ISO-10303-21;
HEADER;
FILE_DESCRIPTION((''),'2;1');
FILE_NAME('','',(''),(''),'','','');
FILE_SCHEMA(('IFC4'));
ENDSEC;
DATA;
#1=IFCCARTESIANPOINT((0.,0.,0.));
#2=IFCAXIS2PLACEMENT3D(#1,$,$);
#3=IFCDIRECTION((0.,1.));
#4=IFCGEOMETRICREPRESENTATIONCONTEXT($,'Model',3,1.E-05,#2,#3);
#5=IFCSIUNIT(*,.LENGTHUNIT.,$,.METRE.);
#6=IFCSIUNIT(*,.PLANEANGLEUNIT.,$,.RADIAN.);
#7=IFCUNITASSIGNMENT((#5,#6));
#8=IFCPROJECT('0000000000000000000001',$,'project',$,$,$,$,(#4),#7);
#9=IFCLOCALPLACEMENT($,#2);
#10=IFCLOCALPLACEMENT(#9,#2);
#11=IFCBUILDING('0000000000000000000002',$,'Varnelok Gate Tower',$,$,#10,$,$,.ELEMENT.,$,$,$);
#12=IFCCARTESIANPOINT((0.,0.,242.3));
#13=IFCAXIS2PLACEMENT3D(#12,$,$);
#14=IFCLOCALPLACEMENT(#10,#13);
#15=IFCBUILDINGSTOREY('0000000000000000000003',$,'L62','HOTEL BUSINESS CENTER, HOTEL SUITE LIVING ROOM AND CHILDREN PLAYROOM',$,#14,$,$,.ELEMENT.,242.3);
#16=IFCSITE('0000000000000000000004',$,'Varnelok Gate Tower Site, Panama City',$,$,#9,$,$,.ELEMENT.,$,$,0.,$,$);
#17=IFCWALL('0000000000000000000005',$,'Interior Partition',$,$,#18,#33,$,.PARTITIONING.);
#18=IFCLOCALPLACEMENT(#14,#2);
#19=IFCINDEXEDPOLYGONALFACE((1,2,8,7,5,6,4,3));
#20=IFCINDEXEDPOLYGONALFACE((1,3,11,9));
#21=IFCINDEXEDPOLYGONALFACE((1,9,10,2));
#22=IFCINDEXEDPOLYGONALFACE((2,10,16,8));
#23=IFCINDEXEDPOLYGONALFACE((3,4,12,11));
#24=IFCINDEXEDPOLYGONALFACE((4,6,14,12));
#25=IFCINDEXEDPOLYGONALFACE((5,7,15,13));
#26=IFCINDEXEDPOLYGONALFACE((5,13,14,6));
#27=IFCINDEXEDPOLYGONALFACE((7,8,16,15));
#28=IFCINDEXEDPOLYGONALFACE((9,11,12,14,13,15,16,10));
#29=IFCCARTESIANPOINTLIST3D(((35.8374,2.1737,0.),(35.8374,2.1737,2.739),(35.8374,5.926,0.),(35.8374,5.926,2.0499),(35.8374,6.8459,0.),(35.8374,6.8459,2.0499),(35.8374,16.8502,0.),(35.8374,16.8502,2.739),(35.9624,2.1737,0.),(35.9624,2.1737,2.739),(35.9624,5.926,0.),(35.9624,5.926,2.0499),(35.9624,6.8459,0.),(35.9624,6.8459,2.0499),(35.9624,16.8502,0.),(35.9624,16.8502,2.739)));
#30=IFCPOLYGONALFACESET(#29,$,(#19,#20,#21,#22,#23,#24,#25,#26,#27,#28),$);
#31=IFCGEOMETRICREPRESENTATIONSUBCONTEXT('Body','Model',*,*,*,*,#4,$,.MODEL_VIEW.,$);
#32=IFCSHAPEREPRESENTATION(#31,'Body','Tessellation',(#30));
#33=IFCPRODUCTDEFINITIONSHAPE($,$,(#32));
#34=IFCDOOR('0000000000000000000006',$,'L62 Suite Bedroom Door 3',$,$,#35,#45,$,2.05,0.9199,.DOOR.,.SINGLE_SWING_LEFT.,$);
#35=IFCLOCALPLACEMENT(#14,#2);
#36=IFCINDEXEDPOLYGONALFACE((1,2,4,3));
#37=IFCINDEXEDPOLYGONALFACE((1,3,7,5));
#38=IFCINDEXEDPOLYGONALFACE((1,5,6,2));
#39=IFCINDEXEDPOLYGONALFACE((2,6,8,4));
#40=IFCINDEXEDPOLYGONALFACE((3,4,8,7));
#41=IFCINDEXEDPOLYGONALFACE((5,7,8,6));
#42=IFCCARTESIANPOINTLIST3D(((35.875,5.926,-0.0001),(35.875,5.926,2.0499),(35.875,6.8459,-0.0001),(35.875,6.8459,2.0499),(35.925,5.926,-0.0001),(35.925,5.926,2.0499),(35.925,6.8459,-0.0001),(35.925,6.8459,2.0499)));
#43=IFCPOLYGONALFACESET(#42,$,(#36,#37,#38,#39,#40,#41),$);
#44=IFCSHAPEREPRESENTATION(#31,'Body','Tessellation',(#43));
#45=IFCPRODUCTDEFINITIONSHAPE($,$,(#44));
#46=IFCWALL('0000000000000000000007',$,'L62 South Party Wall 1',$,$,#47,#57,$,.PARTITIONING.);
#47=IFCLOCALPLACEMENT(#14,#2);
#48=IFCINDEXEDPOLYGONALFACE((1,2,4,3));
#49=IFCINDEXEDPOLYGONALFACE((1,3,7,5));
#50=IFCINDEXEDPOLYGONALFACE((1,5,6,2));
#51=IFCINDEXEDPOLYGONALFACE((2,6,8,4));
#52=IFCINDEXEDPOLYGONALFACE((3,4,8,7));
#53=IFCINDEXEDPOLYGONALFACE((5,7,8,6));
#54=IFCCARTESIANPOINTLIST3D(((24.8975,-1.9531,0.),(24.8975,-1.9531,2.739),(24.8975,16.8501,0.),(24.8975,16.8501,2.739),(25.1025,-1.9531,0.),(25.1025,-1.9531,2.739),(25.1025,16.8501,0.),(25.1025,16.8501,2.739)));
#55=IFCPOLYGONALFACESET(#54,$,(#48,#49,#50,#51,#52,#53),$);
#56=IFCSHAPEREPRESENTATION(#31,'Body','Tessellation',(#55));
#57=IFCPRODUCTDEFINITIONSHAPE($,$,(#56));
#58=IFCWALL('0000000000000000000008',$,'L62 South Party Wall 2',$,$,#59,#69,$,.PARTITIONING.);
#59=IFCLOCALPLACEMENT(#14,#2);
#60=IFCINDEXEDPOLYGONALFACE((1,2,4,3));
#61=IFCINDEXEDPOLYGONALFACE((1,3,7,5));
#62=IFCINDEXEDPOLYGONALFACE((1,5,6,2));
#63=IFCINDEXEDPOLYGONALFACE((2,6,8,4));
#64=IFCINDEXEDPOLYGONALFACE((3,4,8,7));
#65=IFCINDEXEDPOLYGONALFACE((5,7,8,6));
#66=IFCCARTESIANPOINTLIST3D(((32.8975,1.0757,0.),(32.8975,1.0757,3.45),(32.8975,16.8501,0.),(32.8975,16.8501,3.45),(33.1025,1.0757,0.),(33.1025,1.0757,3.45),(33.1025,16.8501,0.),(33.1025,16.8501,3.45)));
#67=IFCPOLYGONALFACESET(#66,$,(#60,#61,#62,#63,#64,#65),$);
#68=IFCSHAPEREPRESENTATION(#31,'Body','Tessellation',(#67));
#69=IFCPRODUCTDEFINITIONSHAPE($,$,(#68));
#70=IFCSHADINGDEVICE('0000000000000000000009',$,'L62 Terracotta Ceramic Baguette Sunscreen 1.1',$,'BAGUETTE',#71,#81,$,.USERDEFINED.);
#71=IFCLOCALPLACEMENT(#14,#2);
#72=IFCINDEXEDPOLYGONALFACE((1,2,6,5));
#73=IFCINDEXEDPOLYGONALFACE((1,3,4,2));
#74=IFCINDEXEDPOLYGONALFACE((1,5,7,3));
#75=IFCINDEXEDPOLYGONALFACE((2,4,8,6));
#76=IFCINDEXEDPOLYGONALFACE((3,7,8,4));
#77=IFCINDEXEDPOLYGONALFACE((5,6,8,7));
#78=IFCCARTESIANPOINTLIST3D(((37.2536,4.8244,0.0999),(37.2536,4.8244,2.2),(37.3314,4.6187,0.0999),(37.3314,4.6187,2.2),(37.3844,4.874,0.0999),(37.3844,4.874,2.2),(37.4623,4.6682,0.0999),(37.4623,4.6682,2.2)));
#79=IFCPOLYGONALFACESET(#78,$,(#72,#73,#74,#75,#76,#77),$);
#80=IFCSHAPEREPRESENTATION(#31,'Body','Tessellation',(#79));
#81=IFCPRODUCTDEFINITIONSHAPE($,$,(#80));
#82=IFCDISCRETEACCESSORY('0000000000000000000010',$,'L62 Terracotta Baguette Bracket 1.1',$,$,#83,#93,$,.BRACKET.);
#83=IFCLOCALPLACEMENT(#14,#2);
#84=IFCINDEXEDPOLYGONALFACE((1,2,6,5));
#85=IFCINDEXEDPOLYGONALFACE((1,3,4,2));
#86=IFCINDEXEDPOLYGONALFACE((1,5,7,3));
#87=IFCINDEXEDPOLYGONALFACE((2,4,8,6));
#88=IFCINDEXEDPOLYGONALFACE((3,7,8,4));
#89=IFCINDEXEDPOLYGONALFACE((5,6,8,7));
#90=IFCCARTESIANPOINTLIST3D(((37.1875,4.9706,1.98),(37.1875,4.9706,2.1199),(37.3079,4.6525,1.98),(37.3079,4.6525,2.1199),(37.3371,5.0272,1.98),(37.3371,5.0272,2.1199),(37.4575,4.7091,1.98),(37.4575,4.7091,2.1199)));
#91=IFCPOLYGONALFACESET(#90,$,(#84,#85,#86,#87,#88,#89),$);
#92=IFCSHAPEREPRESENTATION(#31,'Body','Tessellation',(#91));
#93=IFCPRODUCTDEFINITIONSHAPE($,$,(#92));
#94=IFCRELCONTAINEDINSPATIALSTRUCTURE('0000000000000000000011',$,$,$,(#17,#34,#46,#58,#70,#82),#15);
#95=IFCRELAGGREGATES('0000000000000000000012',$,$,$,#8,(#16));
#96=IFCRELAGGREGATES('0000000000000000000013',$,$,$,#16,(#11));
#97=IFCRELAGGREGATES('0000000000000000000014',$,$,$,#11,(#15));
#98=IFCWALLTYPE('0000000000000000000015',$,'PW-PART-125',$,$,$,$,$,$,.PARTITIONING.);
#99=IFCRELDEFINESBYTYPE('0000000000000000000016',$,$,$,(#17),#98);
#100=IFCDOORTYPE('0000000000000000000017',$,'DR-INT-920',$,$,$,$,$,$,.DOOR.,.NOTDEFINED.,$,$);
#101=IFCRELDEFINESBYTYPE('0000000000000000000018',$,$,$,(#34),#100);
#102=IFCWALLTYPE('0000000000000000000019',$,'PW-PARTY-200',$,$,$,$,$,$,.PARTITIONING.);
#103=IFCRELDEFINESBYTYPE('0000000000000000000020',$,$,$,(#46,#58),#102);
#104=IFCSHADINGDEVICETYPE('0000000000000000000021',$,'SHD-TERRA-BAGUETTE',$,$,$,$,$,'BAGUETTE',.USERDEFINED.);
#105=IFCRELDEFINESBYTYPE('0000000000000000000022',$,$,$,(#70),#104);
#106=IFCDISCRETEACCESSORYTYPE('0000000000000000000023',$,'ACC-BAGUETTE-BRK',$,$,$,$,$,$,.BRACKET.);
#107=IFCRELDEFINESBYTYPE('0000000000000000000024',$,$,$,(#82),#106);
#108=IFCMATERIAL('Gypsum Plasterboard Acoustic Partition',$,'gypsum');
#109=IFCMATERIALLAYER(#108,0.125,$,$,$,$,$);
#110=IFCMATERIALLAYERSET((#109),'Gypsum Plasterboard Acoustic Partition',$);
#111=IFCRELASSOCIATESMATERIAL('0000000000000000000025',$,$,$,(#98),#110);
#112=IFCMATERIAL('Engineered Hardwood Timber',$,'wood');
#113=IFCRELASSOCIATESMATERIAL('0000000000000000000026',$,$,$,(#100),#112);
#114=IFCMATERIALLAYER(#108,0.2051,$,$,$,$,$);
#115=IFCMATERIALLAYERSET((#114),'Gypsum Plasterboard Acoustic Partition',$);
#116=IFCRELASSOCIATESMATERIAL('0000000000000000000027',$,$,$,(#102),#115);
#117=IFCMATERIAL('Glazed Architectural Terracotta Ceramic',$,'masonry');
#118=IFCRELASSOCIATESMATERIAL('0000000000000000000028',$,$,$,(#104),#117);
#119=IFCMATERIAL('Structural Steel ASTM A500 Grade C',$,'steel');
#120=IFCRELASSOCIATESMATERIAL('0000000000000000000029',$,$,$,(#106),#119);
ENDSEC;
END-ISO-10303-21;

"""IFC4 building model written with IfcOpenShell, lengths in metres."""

from ifc_helpers import new_model, si_unit, direction, frame, frame_2d, origin, origin_2d, place, context, subcontext, project, spatial, rectangle, extrude, source, transform, mapped, material, layer, layer_set, type_object, element, fill, save


model = new_model("IFC4")

# Units and contexts
model_context = context("Model", 3, precision=1e-05, world=origin(), true_north=direction((0.0, 1.0)))
body_context = subcontext(model_context, "Body", "Model", "MODEL_VIEW")
ifc_project = project(units=[si_unit("LENGTHUNIT", "METRE"), si_unit("PLANEANGLEUNIT", "RADIAN")], contexts=[model_context])

# Site, building, storey
site_placement = place(None, origin())
site = spatial("IfcSite", under=ifc_project, at=site_placement, Name="Varnelok Gate Tower Site, Panama City", CompositionType="ELEMENT", RefElevation=0.0)
building_placement = place(site_placement, origin())
building = spatial("IfcBuilding", under=site, at=building_placement, Name="Varnelok Gate Tower", CompositionType="ELEMENT")
storey_placement = place(building_placement, frame((0.0, 0.0, 242.3)))
storey = spatial("IfcBuildingStorey", under=building, at=storey_placement, Name="L62", Description="HOTEL BUSINESS CENTER, HOTEL SUITE LIVING ROOM AND CHILDREN PLAYROOM", CompositionType="ELEMENT", Elevation=242.3)

# Wall, opening, door
ifc_material_1 = material(Name="Gypsum Plasterboard Acoustic Partition", Category="gypsum")
ifc_layer_1 = layer(ifc_material_1, 0.125)
ifc_layer_set_1 = layer_set([ifc_layer_1], Name="Gypsum Plasterboard Acoustic Partition")
wall_type_1 = type_object("IfcWallType", Name="PW-PART-125", PredefinedType="PARTITIONING", material=ifc_layer_set_1)
wall_1_placement = place(storey_placement, frame((35.8999, 2.1736, 0.0), z_axis=(0.0, 0.0, 1.0), x_axis=(0.0, 1.0, 0.0)))
wall_1 = element("IfcWall", 1, at=wall_1_placement, inside=storey, type_object=wall_type_1, Name="Interior Partition", PredefinedType="PARTITIONING", context=body_context, shape_type="SweptSolid", body=[
    extrude(rectangle(XDim=14.6765, YDim=0.125, at=frame_2d((7.3384, 0.0))), origin(), (0.0, 0.0, 1.0), 2.739),
])
opening_1_placement = place(wall_1_placement, frame((3.7524, 0.0, 0.0)))
opening_1 = element("IfcOpeningElement", 2, at=opening_1_placement, cuts=wall_1, PredefinedType="OPENING", context=body_context, shape_type="SweptSolid", body=[
    extrude(rectangle(XDim=0.9199, YDim=2.05, at=frame_2d((0.46, 1.0249))), frame((0.0, 0.0725, 0.0), z_axis=(0.0, -1.0, 0.0), x_axis=(1.0, 0.0, 0.0)), (0.0, 0.0, 1.0), 0.145),
])
ifc_material_2 = material(Name="Engineered Hardwood Timber", Category="wood")
door_type = type_object("IfcDoorType", Name="DR-INT-920", OperationType="NOTDEFINED", PredefinedType="DOOR", material=ifc_material_2)
door_placement = place(opening_1_placement, origin())
door = element("IfcDoor", 3, at=door_placement, inside=storey, type_object=door_type, Name="L62 Suite Bedroom Door 3", OperationType="SINGLE_SWING_LEFT", OverallHeight=2.05, OverallWidth=0.9199, PredefinedType="DOOR", context=body_context, shape_type="SweptSolid", body=[
    extrude(rectangle(XDim=0.9199, YDim=2.05, at=frame_2d((0.46, 1.0249))), frame((0.0, 0.0249, 0.0), z_axis=(0.0, -1.0, 0.0), x_axis=(1.0, 0.0, 0.0)), (0.0, 0.0, 1.0), 0.05),
])
fill(opening_1, door)

# Walls
ifc_layer_2 = layer(ifc_material_1, 0.2051)
ifc_layer_set_2 = layer_set([ifc_layer_2], Name="Gypsum Plasterboard Acoustic Partition")
wall_type_2 = type_object("IfcWallType", Name="PW-PARTY-200", PredefinedType="PARTITIONING", material=ifc_layer_set_2)
wall_2_placement = place(storey_placement, frame((25.0, -1.9531, 0.0), z_axis=(0.0, 0.0, 1.0), x_axis=(0.0, 1.0, 0.0)))
element("IfcWall", 4, at=wall_2_placement, inside=storey, type_object=wall_type_2, Name="L62 South Party Wall 1", PredefinedType="PARTITIONING", context=body_context, shape_type="SweptSolid", body=[
    extrude(rectangle(XDim=18.8032, YDim=0.2051, at=frame_2d((9.4016, 0.0))), origin(), (0.0, 0.0, 1.0), 2.739),
])
wall_3_placement = place(storey_placement, frame((33.0, 1.0757, 0.0), z_axis=(0.0, 0.0, 1.0), x_axis=(0.0, 1.0, 0.0)))
element("IfcWall", 5, at=wall_3_placement, inside=storey, type_object=wall_type_2, Name="L62 South Party Wall 2", PredefinedType="PARTITIONING", context=body_context, shape_type="SweptSolid", body=[
    extrude(rectangle(XDim=15.7744, YDim=0.2051, at=frame_2d((7.8872, 0.0))), origin(), (0.0, 0.0, 1.0), 3.45),
])

# Shading device
ifc_material_3 = material(Name="Glazed Architectural Terracotta Ceramic", Category="masonry")
shading_device_type = type_object("IfcShadingDeviceType", Name="SHD-TERRA-BAGUETTE", ElementType="BAGUETTE", PredefinedType="USERDEFINED", material=ifc_material_3)
shared_shape_1 = source(origin(), body_context, "Body", "SweptSolid", [
    extrude(rectangle(XDim=0.1399, YDim=0.22, at=origin_2d()), origin(), (0.0, 0.0, 1.0), 2.1001),
])
shading_device_placement = place(storey_placement, frame((37.3579, 4.7463, 0.0999), z_axis=(0.0, 0.0, 1.0), x_axis=(0.935222, 0.354063, 0.0)))
element("IfcShadingDevice", 6, at=shading_device_placement, inside=storey, type_object=shading_device_type, Name="L62 Terracotta Ceramic Baguette Sunscreen 1.1", ObjectType="BAGUETTE", PredefinedType="USERDEFINED", context=body_context, shape_type="MappedRepresentation", body=[
    mapped(shared_shape_1, transform((0.0, 0.0, 0.0), scale=1.0)),
])

# Discrete accessory
ifc_material_4 = material(Name="Structural Steel ASTM A500 Grade C", Category="steel")
discrete_accessory_type = type_object("IfcDiscreteAccessoryType", Name="ACC-BAGUETTE-BRK", PredefinedType="BRACKET", material=ifc_material_4)
shared_shape_2 = source(origin(), body_context, "Body", "SweptSolid", [
    extrude(rectangle(XDim=0.1599, YDim=0.3401, at=origin_2d()), origin(), (0.0, 0.0, 1.0), 0.1399),
])
discrete_accessory_placement = place(storey_placement, frame((37.3225, 4.8398, 1.98), z_axis=(0.0, 0.0, 1.0), x_axis=(0.935222, 0.354063, 0.0)))
element("IfcDiscreteAccessory", 7, at=discrete_accessory_placement, inside=storey, type_object=discrete_accessory_type, Name="L62 Terracotta Baguette Bracket 1.1", PredefinedType="BRACKET", context=body_context, shape_type="MappedRepresentation", body=[
    mapped(shared_shape_2, transform((0.0, 0.0, 0.0), scale=1.0)),
])

save(model, "model.ifc")
